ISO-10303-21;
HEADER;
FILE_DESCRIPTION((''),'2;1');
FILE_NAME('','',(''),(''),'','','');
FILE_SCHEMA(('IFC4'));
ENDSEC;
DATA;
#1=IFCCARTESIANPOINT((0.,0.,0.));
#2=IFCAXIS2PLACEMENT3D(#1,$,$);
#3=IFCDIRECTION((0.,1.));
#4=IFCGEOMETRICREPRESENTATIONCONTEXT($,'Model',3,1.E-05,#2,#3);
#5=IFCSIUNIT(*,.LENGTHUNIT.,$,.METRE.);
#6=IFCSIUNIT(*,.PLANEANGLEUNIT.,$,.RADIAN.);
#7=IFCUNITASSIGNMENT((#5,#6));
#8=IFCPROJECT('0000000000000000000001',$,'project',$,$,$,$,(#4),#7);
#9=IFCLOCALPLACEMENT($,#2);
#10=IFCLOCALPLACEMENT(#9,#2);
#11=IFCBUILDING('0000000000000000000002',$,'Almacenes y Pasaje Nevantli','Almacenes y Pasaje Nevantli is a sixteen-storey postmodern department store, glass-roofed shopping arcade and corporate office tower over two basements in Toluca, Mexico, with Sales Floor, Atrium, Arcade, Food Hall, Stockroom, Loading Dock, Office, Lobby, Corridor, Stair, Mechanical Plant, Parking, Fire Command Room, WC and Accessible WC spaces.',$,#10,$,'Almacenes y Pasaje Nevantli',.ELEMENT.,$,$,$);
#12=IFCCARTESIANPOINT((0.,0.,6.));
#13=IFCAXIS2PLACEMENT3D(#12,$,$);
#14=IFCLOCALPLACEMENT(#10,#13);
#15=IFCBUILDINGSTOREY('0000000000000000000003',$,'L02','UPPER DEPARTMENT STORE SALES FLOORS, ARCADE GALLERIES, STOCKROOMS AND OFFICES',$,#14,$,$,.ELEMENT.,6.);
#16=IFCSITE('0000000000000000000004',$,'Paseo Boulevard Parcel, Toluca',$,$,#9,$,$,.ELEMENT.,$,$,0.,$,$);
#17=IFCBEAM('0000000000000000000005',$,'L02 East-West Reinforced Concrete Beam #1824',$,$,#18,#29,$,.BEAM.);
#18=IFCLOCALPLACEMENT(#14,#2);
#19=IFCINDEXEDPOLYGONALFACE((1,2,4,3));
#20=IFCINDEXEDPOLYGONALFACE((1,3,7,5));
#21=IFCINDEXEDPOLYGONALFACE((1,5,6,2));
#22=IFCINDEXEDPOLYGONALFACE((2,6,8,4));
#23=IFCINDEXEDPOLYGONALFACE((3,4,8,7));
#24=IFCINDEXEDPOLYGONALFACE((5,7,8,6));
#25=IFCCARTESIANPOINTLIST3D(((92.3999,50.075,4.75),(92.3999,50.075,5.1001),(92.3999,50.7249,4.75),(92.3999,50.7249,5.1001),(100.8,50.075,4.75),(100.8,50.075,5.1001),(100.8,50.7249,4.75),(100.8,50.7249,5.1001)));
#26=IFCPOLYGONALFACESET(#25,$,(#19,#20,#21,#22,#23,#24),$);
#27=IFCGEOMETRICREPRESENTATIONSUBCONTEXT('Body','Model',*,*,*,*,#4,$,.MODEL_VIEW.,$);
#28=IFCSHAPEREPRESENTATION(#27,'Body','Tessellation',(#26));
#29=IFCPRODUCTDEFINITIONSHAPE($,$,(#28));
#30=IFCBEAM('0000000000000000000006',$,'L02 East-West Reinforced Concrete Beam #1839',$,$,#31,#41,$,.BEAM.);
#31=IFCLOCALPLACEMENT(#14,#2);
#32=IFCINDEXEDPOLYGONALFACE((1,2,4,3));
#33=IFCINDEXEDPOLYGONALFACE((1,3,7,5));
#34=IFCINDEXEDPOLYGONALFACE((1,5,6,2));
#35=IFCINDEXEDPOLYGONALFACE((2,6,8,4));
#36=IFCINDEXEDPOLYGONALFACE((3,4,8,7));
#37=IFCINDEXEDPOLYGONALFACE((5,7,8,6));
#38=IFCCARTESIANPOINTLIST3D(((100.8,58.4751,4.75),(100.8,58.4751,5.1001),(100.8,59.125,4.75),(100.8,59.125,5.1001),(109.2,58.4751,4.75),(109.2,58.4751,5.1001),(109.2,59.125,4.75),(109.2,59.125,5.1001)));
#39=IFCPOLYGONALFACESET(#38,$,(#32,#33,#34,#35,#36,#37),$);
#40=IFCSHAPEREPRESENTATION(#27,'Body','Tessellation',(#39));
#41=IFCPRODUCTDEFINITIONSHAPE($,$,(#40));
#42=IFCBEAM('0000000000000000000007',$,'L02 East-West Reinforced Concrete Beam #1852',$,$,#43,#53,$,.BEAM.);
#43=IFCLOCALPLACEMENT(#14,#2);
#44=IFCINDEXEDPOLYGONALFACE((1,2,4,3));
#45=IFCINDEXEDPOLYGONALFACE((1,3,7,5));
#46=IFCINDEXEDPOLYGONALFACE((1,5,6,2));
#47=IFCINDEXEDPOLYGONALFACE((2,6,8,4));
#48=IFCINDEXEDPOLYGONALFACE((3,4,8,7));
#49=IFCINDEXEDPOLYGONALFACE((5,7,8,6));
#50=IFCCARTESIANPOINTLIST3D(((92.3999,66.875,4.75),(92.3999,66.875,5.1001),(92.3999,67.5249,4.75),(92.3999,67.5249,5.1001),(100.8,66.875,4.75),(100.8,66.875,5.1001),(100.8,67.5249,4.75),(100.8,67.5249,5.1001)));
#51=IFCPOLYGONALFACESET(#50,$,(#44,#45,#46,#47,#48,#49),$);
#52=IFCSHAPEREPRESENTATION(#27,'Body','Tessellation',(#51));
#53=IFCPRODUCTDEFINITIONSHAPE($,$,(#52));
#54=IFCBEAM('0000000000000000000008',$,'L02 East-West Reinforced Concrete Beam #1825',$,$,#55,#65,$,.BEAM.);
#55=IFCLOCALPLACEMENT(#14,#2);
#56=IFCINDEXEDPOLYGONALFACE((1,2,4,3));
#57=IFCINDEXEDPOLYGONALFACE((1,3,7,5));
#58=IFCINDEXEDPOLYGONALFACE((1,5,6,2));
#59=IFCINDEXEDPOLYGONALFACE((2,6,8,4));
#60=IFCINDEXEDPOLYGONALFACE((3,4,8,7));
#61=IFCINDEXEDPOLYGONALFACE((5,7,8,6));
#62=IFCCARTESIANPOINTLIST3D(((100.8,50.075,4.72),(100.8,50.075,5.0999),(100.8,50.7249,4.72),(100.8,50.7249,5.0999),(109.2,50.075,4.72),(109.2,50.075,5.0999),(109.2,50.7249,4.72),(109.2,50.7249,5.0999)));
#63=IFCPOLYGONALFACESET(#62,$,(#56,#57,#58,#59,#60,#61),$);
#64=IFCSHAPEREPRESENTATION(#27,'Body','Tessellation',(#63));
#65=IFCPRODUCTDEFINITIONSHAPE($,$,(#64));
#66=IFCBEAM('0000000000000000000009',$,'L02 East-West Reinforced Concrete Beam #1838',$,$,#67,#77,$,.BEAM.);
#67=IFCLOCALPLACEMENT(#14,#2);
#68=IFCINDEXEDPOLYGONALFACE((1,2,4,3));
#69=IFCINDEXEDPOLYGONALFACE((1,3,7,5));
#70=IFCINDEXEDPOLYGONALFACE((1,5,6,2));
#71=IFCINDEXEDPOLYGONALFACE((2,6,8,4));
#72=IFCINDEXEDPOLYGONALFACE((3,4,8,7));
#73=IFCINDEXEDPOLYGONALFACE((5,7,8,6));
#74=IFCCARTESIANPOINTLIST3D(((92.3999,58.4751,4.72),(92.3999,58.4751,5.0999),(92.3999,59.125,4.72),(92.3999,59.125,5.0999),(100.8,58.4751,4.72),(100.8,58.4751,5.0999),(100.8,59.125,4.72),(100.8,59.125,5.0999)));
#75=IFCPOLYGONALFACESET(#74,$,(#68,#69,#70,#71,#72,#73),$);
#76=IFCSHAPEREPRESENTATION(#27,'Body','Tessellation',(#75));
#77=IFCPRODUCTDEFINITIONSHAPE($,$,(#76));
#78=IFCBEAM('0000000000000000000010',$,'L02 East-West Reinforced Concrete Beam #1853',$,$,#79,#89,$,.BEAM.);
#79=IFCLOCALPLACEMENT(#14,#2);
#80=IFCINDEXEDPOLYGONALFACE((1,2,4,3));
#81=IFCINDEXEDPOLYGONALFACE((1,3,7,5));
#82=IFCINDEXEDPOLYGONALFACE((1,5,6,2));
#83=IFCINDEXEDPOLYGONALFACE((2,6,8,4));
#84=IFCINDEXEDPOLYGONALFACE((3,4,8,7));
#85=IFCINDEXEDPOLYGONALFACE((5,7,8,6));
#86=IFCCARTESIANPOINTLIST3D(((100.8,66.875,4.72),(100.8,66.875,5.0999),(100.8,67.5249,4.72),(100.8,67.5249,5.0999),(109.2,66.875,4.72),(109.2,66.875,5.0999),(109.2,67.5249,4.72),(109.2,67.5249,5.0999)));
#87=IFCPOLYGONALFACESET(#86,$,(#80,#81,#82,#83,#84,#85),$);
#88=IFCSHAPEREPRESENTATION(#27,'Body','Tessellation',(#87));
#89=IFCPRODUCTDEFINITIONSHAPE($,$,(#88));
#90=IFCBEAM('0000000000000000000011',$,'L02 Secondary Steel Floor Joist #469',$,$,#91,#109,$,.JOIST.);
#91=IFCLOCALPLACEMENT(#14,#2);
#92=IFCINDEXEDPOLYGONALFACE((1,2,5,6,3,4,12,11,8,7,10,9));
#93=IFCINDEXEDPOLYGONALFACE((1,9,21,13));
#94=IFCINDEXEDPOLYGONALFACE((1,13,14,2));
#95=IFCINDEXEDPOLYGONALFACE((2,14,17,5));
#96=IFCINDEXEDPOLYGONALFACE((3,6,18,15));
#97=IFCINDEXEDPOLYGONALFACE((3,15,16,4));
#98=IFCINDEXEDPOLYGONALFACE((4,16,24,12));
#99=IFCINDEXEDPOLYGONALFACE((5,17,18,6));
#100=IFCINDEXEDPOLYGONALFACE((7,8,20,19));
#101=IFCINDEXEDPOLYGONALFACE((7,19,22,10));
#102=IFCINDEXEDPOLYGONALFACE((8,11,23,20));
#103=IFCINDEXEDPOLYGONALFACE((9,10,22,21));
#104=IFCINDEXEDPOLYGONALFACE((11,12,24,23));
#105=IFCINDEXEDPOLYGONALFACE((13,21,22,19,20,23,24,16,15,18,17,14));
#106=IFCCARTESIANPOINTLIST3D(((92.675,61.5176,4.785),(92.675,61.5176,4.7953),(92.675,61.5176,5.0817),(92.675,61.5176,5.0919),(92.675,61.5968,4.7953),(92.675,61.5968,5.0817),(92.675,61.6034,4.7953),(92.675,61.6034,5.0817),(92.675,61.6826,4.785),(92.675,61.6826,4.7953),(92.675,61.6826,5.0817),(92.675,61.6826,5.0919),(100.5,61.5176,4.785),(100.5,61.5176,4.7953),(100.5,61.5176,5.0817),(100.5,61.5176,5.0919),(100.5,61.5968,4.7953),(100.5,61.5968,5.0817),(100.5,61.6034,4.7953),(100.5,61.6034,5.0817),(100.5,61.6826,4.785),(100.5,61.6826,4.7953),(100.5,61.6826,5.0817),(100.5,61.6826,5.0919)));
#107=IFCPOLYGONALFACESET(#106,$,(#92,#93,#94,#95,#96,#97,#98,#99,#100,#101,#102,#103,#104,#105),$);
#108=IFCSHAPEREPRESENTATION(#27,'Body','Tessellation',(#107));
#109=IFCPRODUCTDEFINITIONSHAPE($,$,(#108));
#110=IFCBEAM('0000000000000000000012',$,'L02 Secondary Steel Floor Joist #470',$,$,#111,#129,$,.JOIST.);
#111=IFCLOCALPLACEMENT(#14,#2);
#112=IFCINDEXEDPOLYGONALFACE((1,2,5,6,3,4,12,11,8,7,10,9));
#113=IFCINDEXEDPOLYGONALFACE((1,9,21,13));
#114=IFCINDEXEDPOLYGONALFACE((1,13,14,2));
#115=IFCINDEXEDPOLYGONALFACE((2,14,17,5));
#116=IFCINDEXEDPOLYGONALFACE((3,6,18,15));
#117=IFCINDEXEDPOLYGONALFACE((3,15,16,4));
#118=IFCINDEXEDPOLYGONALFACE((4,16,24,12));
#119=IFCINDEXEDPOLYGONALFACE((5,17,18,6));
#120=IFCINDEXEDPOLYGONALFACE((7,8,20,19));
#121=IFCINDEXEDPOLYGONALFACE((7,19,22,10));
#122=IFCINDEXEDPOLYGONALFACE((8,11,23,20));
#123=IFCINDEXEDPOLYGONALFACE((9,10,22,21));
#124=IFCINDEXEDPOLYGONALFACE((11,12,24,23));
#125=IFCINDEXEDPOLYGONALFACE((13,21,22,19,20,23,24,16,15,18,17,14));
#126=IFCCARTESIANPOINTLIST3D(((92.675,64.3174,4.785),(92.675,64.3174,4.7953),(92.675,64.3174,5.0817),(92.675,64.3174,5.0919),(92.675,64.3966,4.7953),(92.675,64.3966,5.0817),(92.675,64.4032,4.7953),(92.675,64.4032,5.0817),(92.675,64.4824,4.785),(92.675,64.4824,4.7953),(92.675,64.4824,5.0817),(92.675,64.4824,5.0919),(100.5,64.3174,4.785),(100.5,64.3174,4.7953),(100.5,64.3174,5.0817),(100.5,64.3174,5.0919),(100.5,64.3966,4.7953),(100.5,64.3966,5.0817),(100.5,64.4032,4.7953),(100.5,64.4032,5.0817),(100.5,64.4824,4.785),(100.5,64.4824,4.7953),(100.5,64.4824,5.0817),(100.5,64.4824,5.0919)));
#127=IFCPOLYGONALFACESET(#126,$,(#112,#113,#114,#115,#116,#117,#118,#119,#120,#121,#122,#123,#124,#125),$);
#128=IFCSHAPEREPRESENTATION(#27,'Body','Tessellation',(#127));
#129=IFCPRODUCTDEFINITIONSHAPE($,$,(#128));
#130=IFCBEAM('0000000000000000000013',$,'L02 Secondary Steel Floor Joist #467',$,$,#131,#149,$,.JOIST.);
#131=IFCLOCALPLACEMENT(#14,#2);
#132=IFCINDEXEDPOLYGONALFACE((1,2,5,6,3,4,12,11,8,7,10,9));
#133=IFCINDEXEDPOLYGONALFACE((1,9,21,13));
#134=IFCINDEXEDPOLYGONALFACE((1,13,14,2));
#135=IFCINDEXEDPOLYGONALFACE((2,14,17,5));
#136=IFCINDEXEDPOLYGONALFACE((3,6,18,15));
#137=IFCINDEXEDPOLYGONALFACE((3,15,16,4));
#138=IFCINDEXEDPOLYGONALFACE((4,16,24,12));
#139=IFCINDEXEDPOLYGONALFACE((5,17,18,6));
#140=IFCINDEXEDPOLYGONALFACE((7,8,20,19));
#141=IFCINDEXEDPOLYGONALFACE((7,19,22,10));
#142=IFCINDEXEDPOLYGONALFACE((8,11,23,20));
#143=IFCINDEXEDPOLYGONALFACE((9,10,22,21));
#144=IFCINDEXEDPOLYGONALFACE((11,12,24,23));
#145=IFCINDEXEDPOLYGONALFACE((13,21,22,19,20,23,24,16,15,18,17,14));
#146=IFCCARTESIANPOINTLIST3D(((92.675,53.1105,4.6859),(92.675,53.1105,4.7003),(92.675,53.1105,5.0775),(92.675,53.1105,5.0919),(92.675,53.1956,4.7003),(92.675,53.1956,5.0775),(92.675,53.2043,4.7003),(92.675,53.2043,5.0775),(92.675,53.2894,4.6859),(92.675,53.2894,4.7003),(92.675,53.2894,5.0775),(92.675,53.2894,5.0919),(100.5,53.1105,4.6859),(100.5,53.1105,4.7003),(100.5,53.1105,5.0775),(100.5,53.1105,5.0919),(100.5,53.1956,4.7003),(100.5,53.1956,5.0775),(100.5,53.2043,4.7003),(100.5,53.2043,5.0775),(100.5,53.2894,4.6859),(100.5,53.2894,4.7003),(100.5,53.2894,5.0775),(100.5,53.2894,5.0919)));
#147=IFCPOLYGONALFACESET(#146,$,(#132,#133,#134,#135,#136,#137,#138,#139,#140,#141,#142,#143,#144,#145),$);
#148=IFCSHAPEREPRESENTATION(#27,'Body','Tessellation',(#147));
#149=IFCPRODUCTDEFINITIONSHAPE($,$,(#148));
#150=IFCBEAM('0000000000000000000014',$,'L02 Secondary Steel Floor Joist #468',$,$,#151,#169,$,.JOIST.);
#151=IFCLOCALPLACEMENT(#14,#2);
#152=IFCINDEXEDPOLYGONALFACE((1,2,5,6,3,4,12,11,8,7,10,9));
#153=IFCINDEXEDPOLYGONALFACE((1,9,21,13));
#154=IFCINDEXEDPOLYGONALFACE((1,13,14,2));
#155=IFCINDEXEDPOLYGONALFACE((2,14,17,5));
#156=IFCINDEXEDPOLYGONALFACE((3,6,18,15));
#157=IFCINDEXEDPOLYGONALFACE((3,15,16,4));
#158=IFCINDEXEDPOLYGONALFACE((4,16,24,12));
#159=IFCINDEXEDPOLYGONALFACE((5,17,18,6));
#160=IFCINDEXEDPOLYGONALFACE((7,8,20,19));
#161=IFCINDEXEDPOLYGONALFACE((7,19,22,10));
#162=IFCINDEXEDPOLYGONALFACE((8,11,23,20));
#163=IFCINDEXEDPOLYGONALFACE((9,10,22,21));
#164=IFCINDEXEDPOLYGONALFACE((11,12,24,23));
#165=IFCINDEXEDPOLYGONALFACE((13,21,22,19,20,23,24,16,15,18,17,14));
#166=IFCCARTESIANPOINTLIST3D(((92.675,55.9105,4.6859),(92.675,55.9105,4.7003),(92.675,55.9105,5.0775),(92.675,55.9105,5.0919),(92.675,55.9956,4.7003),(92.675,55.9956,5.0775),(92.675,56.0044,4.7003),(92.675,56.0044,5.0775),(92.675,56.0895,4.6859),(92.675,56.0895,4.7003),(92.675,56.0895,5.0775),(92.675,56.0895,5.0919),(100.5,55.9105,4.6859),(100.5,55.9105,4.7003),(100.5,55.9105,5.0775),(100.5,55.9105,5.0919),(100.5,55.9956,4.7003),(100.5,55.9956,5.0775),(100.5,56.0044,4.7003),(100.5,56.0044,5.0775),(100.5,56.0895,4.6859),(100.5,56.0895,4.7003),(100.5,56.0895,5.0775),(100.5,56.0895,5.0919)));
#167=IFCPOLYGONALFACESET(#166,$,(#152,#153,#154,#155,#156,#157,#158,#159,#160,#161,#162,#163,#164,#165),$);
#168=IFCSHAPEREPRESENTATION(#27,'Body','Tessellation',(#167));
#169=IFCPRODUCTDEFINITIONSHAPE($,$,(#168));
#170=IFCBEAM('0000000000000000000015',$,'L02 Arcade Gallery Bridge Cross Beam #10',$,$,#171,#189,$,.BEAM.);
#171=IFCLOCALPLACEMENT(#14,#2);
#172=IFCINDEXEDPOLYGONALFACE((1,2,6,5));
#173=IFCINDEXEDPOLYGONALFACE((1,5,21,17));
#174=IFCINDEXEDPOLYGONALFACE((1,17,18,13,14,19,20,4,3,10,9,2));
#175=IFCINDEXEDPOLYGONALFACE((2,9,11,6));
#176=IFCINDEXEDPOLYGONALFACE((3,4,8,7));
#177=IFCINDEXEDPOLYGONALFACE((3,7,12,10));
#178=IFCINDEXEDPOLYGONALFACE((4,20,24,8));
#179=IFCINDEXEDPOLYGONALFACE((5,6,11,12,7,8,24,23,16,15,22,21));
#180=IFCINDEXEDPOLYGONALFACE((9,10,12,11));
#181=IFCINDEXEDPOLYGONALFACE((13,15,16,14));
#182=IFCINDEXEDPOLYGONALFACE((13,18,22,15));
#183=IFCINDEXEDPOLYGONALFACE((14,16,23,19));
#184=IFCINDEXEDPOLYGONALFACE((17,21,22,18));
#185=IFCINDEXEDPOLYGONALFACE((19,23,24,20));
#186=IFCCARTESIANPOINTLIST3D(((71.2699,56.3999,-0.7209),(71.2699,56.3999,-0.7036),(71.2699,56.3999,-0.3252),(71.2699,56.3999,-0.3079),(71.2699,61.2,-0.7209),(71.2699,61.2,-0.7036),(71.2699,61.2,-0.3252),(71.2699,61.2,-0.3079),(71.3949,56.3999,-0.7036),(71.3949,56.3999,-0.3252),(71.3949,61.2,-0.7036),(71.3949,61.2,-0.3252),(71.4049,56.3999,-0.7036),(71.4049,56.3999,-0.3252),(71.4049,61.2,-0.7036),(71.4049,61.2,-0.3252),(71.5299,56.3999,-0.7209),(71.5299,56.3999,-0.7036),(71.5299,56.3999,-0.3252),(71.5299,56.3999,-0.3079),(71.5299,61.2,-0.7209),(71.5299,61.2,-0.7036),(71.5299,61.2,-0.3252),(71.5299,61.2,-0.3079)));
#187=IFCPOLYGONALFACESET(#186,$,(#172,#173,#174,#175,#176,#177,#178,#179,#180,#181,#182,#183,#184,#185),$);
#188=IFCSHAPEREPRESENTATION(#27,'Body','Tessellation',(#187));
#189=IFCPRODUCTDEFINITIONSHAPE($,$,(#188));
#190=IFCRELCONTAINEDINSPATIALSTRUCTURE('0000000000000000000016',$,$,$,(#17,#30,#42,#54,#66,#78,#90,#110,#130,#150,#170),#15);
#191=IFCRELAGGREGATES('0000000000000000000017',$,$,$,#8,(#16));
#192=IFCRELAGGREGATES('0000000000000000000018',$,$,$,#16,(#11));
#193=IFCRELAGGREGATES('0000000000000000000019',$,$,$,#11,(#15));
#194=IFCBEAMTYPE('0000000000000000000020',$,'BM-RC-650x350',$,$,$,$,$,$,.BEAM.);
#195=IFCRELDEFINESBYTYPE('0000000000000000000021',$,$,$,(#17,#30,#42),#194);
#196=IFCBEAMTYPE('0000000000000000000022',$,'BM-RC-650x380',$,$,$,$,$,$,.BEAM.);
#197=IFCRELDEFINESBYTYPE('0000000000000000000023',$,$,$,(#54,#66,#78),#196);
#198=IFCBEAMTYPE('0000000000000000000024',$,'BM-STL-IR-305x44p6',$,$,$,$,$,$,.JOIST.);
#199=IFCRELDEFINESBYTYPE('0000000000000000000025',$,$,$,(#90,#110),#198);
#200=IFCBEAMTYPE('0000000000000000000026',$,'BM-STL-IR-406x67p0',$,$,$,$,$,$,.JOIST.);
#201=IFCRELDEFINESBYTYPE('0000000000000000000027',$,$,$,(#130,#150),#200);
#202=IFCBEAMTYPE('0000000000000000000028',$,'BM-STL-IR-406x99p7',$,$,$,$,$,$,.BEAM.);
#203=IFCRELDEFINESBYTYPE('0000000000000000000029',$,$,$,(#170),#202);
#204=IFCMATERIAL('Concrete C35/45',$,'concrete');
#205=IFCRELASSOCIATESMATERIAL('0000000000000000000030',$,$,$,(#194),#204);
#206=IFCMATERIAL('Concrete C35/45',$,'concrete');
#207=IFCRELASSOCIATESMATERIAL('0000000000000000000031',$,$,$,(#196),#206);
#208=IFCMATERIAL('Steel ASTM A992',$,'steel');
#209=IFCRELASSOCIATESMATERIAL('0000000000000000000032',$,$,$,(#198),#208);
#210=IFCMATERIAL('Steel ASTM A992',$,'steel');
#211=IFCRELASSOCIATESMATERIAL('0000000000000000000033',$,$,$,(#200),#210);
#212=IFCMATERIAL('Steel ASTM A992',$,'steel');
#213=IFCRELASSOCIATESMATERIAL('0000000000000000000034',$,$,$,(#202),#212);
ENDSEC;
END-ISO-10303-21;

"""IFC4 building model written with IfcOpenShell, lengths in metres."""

from ifc_helpers import new_model, si_unit, direction, frame, origin, origin_2d, place, context, subcontext, project, spatial, rectangle, i_section, extrude, material, material_profile, profile_set, type_object, element, save


model = new_model("IFC4")

# Units and contexts
model_context = context("Model", 3, precision=1e-05, world=origin(), true_north=direction((0.0, 1.0)))
body_context = subcontext(model_context, "Body", "Model", "MODEL_VIEW")
ifc_project = project(units=[si_unit("LENGTHUNIT", "METRE"), si_unit("PLANEANGLEUNIT", "RADIAN")], contexts=[model_context])

# Site, building, storey
site_placement = place(None, origin())
site = spatial("IfcSite", under=ifc_project, at=site_placement, Name="Paseo Boulevard Parcel, Toluca", CompositionType="ELEMENT", RefElevation=0.0)
building_placement = place(site_placement, origin())
building = spatial("IfcBuilding", under=site, at=building_placement, Name="Almacenes y Pasaje Nevantli", Description="Almacenes y Pasaje Nevantli is a sixteen-storey postmodern department store, glass-roofed shopping arcade and corporate office tower over two basements in Toluca, Mexico, with Sales Floor, Atrium, Arcade, Food Hall, Stockroom, Loading Dock, Office, Lobby, Corridor, Stair, Mechanical Plant, Parking, Fire Command Room, WC and Accessible WC spaces.", LongName="Almacenes y Pasaje Nevantli", CompositionType="ELEMENT")
storey_placement = place(building_placement, frame((0.0, 0.0, 6.0)))
storey = spatial("IfcBuildingStorey", under=building, at=storey_placement, Name="L02", Description="UPPER DEPARTMENT STORE SALES FLOORS, ARCADE GALLERIES, STOCKROOMS AND OFFICES", CompositionType="ELEMENT", Elevation=6.0)

# Beams
ifc_material_1 = material(Name="Concrete C35/45", Category="concrete")
ifc_material_profile_1 = material_profile(ifc_material_1, rectangle(XDim=0.6499, YDim=0.3501, at=origin_2d()), Name="RC-BM-650x350")
ifc_profile_set_1 = profile_set([ifc_material_profile_1], Name="Concrete C35/45")
beam_type_1 = type_object("IfcBeamType", Name="BM-RC-650x350", PredefinedType="BEAM", material=ifc_profile_set_1)
beam_1_placement = place(storey_placement, frame((92.3999, 50.3999, 4.925), z_axis=(1.0, 0.0, 0.0), x_axis=(0.0, 1.0, 0.0)))
element("IfcBeam", 1, at=beam_1_placement, inside=storey, type_object=beam_type_1, Name="L02 East-West Reinforced Concrete Beam #1824", PredefinedType="BEAM", context=body_context, shape_type="SweptSolid", body=[
    extrude(rectangle(XDim=0.6499, YDim=0.3501, at=origin_2d()), origin(), (0.0, 0.0, 1.0), 8.4001),
])
beam_2_placement = place(storey_placement, frame((100.8, 58.8, 4.925), z_axis=(1.0, 0.0, 0.0), x_axis=(0.0, 1.0, 0.0)))
element("IfcBeam", 2, at=beam_2_placement, inside=storey, type_object=beam_type_1, Name="L02 East-West Reinforced Concrete Beam #1839", PredefinedType="BEAM", context=body_context, shape_type="SweptSolid", body=[
    extrude(rectangle(XDim=0.6499, YDim=0.3501, at=origin_2d()), origin(), (0.0, 0.0, 1.0), 8.3999),
])
beam_3_placement = place(storey_placement, frame((92.3999, 67.2, 4.925), z_axis=(1.0, 0.0, 0.0), x_axis=(0.0, 1.0, 0.0)))
element("IfcBeam", 3, at=beam_3_placement, inside=storey, type_object=beam_type_1, Name="L02 East-West Reinforced Concrete Beam #1852", PredefinedType="BEAM", context=body_context, shape_type="SweptSolid", body=[
    extrude(rectangle(XDim=0.6499, YDim=0.3501, at=origin_2d()), origin(), (0.0, 0.0, 1.0), 8.4001),
])
ifc_material_2 = material(Name="Concrete C35/45", Category="concrete")
ifc_material_profile_2 = material_profile(ifc_material_2, rectangle(XDim=0.6499, YDim=0.3799, at=origin_2d()), Name="RC-BM-650x380")
ifc_profile_set_2 = profile_set([ifc_material_profile_2], Name="Concrete C35/45")
beam_type_2 = type_object("IfcBeamType", Name="BM-RC-650x380", PredefinedType="BEAM", material=ifc_profile_set_2)
beam_4_placement = place(storey_placement, frame((100.8, 50.3999, 4.9099), z_axis=(1.0, 0.0, 0.0), x_axis=(0.0, 1.0, 0.0)))
element("IfcBeam", 4, at=beam_4_placement, inside=storey, type_object=beam_type_2, Name="L02 East-West Reinforced Concrete Beam #1825", PredefinedType="BEAM", context=body_context, shape_type="SweptSolid", body=[
    extrude(rectangle(XDim=0.6499, YDim=0.3799, at=origin_2d()), origin(), (0.0, 0.0, 1.0), 8.3999),
])
beam_5_placement = place(storey_placement, frame((92.3999, 58.8, 4.9099), z_axis=(1.0, 0.0, 0.0), x_axis=(0.0, 1.0, 0.0)))
element("IfcBeam", 5, at=beam_5_placement, inside=storey, type_object=beam_type_2, Name="L02 East-West Reinforced Concrete Beam #1838", PredefinedType="BEAM", context=body_context, shape_type="SweptSolid", body=[
    extrude(rectangle(XDim=0.6499, YDim=0.3799, at=origin_2d()), origin(), (0.0, 0.0, 1.0), 8.4001),
])
beam_6_placement = place(storey_placement, frame((100.8, 67.2, 4.9099), z_axis=(1.0, 0.0, 0.0), x_axis=(0.0, 1.0, 0.0)))
element("IfcBeam", 6, at=beam_6_placement, inside=storey, type_object=beam_type_2, Name="L02 East-West Reinforced Concrete Beam #1853", PredefinedType="BEAM", context=body_context, shape_type="SweptSolid", body=[
    extrude(rectangle(XDim=0.6499, YDim=0.3799, at=origin_2d()), origin(), (0.0, 0.0, 1.0), 8.3999),
])
ifc_material_3 = material(Name="Steel ASTM A992", Category="steel")
ifc_material_profile_3 = material_profile(ifc_material_3, i_section(OverallWidth=0.165, OverallDepth=0.3069, WebThickness=0.0066, FlangeThickness=0.0103, at=origin_2d()), Name="IR 305x44.6")
ifc_profile_set_3 = profile_set([ifc_material_profile_3], Name="Steel ASTM A992")
beam_type_3 = type_object("IfcBeamType", Name="BM-STL-IR-305x44p6", PredefinedType="JOIST", material=ifc_profile_set_3)
for number, where, z_axis, x_axis, name in (
    (7, (92.675, 61.6001, 4.9385), (1.0, 0.0, 0.0), (0.0, 1.0, 0.0), "L02 Secondary Steel Floor Joist #469"),
    (8, (92.675, 64.3999, 4.9385), (1.0, 0.0, 0.0), (0.0, 1.0, 0.0), "L02 Secondary Steel Floor Joist #470"),
):
    element("IfcBeam", number, at=place(storey_placement, frame(where, z_axis=z_axis, x_axis=x_axis)), inside=storey, type_object=beam_type_3, Name=name, PredefinedType="JOIST", context=body_context, shape_type="SweptSolid", body=[
        extrude(i_section(OverallWidth=0.165, OverallDepth=0.3069, WebThickness=0.0066, FlangeThickness=0.0103, at=origin_2d()), origin(), (0.0, 0.0, 1.0), 7.825),
    ])
ifc_material_4 = material(Name="Steel ASTM A992", Category="steel")
ifc_material_profile_4 = material_profile(ifc_material_4, i_section(OverallWidth=0.179, OverallDepth=0.406, WebThickness=0.0088, FlangeThickness=0.0144, at=origin_2d()), Name="IR 406x67.0")
ifc_profile_set_4 = profile_set([ifc_material_profile_4], Name="Steel ASTM A992")
beam_type_4 = type_object("IfcBeamType", Name="BM-STL-IR-406x67p0", PredefinedType="JOIST", material=ifc_profile_set_4)
for number, where, z_axis, x_axis, name in (
    (9, (92.675, 53.2, 4.8889), (1.0, 0.0, 0.0), (0.0, 1.0, 0.0), "L02 Secondary Steel Floor Joist #467"),
    (10, (92.675, 56.0, 4.8889), (1.0, 0.0, 0.0), (0.0, 1.0, 0.0), "L02 Secondary Steel Floor Joist #468"),
):
    element("IfcBeam", number, at=place(storey_placement, frame(where, z_axis=z_axis, x_axis=x_axis)), inside=storey, type_object=beam_type_4, Name=name, PredefinedType="JOIST", context=body_context, shape_type="SweptSolid", body=[
        extrude(i_section(OverallWidth=0.179, OverallDepth=0.406, WebThickness=0.0088, FlangeThickness=0.0144, at=origin_2d()), origin(), (0.0, 0.0, 1.0), 7.825),
    ])
ifc_material_5 = material(Name="Steel ASTM A992", Category="steel")
ifc_material_profile_5 = material_profile(ifc_material_5, i_section(OverallWidth=0.26, OverallDepth=0.4131, WebThickness=0.01, FlangeThickness=0.0173, at=origin_2d()), Name="IR 406x99.7")
ifc_profile_set_5 = profile_set([ifc_material_profile_5], Name="Steel ASTM A992")
beam_type_5 = type_object("IfcBeamType", Name="BM-STL-IR-406x99p7", PredefinedType="BEAM", material=ifc_profile_set_5)
for number, where, z_axis, x_axis, name in (
    (11, (71.3999, 56.3999, -0.5144), (0.0, 1.0, 0.0), (-1.0, 0.0, 0.0), "L02 Arcade Gallery Bridge Cross Beam #10"),
):
    element("IfcBeam", number, at=place(storey_placement, frame(where, z_axis=z_axis, x_axis=x_axis)), inside=storey, type_object=beam_type_5, Name=name, PredefinedType="BEAM", context=body_context, shape_type="SweptSolid", body=[
        extrude(i_section(OverallWidth=0.26, OverallDepth=0.4131, WebThickness=0.01, FlangeThickness=0.0173, at=origin_2d()), origin(), (0.0, 0.0, 1.0), 4.8),
    ])

save(model, "model.ifc")
